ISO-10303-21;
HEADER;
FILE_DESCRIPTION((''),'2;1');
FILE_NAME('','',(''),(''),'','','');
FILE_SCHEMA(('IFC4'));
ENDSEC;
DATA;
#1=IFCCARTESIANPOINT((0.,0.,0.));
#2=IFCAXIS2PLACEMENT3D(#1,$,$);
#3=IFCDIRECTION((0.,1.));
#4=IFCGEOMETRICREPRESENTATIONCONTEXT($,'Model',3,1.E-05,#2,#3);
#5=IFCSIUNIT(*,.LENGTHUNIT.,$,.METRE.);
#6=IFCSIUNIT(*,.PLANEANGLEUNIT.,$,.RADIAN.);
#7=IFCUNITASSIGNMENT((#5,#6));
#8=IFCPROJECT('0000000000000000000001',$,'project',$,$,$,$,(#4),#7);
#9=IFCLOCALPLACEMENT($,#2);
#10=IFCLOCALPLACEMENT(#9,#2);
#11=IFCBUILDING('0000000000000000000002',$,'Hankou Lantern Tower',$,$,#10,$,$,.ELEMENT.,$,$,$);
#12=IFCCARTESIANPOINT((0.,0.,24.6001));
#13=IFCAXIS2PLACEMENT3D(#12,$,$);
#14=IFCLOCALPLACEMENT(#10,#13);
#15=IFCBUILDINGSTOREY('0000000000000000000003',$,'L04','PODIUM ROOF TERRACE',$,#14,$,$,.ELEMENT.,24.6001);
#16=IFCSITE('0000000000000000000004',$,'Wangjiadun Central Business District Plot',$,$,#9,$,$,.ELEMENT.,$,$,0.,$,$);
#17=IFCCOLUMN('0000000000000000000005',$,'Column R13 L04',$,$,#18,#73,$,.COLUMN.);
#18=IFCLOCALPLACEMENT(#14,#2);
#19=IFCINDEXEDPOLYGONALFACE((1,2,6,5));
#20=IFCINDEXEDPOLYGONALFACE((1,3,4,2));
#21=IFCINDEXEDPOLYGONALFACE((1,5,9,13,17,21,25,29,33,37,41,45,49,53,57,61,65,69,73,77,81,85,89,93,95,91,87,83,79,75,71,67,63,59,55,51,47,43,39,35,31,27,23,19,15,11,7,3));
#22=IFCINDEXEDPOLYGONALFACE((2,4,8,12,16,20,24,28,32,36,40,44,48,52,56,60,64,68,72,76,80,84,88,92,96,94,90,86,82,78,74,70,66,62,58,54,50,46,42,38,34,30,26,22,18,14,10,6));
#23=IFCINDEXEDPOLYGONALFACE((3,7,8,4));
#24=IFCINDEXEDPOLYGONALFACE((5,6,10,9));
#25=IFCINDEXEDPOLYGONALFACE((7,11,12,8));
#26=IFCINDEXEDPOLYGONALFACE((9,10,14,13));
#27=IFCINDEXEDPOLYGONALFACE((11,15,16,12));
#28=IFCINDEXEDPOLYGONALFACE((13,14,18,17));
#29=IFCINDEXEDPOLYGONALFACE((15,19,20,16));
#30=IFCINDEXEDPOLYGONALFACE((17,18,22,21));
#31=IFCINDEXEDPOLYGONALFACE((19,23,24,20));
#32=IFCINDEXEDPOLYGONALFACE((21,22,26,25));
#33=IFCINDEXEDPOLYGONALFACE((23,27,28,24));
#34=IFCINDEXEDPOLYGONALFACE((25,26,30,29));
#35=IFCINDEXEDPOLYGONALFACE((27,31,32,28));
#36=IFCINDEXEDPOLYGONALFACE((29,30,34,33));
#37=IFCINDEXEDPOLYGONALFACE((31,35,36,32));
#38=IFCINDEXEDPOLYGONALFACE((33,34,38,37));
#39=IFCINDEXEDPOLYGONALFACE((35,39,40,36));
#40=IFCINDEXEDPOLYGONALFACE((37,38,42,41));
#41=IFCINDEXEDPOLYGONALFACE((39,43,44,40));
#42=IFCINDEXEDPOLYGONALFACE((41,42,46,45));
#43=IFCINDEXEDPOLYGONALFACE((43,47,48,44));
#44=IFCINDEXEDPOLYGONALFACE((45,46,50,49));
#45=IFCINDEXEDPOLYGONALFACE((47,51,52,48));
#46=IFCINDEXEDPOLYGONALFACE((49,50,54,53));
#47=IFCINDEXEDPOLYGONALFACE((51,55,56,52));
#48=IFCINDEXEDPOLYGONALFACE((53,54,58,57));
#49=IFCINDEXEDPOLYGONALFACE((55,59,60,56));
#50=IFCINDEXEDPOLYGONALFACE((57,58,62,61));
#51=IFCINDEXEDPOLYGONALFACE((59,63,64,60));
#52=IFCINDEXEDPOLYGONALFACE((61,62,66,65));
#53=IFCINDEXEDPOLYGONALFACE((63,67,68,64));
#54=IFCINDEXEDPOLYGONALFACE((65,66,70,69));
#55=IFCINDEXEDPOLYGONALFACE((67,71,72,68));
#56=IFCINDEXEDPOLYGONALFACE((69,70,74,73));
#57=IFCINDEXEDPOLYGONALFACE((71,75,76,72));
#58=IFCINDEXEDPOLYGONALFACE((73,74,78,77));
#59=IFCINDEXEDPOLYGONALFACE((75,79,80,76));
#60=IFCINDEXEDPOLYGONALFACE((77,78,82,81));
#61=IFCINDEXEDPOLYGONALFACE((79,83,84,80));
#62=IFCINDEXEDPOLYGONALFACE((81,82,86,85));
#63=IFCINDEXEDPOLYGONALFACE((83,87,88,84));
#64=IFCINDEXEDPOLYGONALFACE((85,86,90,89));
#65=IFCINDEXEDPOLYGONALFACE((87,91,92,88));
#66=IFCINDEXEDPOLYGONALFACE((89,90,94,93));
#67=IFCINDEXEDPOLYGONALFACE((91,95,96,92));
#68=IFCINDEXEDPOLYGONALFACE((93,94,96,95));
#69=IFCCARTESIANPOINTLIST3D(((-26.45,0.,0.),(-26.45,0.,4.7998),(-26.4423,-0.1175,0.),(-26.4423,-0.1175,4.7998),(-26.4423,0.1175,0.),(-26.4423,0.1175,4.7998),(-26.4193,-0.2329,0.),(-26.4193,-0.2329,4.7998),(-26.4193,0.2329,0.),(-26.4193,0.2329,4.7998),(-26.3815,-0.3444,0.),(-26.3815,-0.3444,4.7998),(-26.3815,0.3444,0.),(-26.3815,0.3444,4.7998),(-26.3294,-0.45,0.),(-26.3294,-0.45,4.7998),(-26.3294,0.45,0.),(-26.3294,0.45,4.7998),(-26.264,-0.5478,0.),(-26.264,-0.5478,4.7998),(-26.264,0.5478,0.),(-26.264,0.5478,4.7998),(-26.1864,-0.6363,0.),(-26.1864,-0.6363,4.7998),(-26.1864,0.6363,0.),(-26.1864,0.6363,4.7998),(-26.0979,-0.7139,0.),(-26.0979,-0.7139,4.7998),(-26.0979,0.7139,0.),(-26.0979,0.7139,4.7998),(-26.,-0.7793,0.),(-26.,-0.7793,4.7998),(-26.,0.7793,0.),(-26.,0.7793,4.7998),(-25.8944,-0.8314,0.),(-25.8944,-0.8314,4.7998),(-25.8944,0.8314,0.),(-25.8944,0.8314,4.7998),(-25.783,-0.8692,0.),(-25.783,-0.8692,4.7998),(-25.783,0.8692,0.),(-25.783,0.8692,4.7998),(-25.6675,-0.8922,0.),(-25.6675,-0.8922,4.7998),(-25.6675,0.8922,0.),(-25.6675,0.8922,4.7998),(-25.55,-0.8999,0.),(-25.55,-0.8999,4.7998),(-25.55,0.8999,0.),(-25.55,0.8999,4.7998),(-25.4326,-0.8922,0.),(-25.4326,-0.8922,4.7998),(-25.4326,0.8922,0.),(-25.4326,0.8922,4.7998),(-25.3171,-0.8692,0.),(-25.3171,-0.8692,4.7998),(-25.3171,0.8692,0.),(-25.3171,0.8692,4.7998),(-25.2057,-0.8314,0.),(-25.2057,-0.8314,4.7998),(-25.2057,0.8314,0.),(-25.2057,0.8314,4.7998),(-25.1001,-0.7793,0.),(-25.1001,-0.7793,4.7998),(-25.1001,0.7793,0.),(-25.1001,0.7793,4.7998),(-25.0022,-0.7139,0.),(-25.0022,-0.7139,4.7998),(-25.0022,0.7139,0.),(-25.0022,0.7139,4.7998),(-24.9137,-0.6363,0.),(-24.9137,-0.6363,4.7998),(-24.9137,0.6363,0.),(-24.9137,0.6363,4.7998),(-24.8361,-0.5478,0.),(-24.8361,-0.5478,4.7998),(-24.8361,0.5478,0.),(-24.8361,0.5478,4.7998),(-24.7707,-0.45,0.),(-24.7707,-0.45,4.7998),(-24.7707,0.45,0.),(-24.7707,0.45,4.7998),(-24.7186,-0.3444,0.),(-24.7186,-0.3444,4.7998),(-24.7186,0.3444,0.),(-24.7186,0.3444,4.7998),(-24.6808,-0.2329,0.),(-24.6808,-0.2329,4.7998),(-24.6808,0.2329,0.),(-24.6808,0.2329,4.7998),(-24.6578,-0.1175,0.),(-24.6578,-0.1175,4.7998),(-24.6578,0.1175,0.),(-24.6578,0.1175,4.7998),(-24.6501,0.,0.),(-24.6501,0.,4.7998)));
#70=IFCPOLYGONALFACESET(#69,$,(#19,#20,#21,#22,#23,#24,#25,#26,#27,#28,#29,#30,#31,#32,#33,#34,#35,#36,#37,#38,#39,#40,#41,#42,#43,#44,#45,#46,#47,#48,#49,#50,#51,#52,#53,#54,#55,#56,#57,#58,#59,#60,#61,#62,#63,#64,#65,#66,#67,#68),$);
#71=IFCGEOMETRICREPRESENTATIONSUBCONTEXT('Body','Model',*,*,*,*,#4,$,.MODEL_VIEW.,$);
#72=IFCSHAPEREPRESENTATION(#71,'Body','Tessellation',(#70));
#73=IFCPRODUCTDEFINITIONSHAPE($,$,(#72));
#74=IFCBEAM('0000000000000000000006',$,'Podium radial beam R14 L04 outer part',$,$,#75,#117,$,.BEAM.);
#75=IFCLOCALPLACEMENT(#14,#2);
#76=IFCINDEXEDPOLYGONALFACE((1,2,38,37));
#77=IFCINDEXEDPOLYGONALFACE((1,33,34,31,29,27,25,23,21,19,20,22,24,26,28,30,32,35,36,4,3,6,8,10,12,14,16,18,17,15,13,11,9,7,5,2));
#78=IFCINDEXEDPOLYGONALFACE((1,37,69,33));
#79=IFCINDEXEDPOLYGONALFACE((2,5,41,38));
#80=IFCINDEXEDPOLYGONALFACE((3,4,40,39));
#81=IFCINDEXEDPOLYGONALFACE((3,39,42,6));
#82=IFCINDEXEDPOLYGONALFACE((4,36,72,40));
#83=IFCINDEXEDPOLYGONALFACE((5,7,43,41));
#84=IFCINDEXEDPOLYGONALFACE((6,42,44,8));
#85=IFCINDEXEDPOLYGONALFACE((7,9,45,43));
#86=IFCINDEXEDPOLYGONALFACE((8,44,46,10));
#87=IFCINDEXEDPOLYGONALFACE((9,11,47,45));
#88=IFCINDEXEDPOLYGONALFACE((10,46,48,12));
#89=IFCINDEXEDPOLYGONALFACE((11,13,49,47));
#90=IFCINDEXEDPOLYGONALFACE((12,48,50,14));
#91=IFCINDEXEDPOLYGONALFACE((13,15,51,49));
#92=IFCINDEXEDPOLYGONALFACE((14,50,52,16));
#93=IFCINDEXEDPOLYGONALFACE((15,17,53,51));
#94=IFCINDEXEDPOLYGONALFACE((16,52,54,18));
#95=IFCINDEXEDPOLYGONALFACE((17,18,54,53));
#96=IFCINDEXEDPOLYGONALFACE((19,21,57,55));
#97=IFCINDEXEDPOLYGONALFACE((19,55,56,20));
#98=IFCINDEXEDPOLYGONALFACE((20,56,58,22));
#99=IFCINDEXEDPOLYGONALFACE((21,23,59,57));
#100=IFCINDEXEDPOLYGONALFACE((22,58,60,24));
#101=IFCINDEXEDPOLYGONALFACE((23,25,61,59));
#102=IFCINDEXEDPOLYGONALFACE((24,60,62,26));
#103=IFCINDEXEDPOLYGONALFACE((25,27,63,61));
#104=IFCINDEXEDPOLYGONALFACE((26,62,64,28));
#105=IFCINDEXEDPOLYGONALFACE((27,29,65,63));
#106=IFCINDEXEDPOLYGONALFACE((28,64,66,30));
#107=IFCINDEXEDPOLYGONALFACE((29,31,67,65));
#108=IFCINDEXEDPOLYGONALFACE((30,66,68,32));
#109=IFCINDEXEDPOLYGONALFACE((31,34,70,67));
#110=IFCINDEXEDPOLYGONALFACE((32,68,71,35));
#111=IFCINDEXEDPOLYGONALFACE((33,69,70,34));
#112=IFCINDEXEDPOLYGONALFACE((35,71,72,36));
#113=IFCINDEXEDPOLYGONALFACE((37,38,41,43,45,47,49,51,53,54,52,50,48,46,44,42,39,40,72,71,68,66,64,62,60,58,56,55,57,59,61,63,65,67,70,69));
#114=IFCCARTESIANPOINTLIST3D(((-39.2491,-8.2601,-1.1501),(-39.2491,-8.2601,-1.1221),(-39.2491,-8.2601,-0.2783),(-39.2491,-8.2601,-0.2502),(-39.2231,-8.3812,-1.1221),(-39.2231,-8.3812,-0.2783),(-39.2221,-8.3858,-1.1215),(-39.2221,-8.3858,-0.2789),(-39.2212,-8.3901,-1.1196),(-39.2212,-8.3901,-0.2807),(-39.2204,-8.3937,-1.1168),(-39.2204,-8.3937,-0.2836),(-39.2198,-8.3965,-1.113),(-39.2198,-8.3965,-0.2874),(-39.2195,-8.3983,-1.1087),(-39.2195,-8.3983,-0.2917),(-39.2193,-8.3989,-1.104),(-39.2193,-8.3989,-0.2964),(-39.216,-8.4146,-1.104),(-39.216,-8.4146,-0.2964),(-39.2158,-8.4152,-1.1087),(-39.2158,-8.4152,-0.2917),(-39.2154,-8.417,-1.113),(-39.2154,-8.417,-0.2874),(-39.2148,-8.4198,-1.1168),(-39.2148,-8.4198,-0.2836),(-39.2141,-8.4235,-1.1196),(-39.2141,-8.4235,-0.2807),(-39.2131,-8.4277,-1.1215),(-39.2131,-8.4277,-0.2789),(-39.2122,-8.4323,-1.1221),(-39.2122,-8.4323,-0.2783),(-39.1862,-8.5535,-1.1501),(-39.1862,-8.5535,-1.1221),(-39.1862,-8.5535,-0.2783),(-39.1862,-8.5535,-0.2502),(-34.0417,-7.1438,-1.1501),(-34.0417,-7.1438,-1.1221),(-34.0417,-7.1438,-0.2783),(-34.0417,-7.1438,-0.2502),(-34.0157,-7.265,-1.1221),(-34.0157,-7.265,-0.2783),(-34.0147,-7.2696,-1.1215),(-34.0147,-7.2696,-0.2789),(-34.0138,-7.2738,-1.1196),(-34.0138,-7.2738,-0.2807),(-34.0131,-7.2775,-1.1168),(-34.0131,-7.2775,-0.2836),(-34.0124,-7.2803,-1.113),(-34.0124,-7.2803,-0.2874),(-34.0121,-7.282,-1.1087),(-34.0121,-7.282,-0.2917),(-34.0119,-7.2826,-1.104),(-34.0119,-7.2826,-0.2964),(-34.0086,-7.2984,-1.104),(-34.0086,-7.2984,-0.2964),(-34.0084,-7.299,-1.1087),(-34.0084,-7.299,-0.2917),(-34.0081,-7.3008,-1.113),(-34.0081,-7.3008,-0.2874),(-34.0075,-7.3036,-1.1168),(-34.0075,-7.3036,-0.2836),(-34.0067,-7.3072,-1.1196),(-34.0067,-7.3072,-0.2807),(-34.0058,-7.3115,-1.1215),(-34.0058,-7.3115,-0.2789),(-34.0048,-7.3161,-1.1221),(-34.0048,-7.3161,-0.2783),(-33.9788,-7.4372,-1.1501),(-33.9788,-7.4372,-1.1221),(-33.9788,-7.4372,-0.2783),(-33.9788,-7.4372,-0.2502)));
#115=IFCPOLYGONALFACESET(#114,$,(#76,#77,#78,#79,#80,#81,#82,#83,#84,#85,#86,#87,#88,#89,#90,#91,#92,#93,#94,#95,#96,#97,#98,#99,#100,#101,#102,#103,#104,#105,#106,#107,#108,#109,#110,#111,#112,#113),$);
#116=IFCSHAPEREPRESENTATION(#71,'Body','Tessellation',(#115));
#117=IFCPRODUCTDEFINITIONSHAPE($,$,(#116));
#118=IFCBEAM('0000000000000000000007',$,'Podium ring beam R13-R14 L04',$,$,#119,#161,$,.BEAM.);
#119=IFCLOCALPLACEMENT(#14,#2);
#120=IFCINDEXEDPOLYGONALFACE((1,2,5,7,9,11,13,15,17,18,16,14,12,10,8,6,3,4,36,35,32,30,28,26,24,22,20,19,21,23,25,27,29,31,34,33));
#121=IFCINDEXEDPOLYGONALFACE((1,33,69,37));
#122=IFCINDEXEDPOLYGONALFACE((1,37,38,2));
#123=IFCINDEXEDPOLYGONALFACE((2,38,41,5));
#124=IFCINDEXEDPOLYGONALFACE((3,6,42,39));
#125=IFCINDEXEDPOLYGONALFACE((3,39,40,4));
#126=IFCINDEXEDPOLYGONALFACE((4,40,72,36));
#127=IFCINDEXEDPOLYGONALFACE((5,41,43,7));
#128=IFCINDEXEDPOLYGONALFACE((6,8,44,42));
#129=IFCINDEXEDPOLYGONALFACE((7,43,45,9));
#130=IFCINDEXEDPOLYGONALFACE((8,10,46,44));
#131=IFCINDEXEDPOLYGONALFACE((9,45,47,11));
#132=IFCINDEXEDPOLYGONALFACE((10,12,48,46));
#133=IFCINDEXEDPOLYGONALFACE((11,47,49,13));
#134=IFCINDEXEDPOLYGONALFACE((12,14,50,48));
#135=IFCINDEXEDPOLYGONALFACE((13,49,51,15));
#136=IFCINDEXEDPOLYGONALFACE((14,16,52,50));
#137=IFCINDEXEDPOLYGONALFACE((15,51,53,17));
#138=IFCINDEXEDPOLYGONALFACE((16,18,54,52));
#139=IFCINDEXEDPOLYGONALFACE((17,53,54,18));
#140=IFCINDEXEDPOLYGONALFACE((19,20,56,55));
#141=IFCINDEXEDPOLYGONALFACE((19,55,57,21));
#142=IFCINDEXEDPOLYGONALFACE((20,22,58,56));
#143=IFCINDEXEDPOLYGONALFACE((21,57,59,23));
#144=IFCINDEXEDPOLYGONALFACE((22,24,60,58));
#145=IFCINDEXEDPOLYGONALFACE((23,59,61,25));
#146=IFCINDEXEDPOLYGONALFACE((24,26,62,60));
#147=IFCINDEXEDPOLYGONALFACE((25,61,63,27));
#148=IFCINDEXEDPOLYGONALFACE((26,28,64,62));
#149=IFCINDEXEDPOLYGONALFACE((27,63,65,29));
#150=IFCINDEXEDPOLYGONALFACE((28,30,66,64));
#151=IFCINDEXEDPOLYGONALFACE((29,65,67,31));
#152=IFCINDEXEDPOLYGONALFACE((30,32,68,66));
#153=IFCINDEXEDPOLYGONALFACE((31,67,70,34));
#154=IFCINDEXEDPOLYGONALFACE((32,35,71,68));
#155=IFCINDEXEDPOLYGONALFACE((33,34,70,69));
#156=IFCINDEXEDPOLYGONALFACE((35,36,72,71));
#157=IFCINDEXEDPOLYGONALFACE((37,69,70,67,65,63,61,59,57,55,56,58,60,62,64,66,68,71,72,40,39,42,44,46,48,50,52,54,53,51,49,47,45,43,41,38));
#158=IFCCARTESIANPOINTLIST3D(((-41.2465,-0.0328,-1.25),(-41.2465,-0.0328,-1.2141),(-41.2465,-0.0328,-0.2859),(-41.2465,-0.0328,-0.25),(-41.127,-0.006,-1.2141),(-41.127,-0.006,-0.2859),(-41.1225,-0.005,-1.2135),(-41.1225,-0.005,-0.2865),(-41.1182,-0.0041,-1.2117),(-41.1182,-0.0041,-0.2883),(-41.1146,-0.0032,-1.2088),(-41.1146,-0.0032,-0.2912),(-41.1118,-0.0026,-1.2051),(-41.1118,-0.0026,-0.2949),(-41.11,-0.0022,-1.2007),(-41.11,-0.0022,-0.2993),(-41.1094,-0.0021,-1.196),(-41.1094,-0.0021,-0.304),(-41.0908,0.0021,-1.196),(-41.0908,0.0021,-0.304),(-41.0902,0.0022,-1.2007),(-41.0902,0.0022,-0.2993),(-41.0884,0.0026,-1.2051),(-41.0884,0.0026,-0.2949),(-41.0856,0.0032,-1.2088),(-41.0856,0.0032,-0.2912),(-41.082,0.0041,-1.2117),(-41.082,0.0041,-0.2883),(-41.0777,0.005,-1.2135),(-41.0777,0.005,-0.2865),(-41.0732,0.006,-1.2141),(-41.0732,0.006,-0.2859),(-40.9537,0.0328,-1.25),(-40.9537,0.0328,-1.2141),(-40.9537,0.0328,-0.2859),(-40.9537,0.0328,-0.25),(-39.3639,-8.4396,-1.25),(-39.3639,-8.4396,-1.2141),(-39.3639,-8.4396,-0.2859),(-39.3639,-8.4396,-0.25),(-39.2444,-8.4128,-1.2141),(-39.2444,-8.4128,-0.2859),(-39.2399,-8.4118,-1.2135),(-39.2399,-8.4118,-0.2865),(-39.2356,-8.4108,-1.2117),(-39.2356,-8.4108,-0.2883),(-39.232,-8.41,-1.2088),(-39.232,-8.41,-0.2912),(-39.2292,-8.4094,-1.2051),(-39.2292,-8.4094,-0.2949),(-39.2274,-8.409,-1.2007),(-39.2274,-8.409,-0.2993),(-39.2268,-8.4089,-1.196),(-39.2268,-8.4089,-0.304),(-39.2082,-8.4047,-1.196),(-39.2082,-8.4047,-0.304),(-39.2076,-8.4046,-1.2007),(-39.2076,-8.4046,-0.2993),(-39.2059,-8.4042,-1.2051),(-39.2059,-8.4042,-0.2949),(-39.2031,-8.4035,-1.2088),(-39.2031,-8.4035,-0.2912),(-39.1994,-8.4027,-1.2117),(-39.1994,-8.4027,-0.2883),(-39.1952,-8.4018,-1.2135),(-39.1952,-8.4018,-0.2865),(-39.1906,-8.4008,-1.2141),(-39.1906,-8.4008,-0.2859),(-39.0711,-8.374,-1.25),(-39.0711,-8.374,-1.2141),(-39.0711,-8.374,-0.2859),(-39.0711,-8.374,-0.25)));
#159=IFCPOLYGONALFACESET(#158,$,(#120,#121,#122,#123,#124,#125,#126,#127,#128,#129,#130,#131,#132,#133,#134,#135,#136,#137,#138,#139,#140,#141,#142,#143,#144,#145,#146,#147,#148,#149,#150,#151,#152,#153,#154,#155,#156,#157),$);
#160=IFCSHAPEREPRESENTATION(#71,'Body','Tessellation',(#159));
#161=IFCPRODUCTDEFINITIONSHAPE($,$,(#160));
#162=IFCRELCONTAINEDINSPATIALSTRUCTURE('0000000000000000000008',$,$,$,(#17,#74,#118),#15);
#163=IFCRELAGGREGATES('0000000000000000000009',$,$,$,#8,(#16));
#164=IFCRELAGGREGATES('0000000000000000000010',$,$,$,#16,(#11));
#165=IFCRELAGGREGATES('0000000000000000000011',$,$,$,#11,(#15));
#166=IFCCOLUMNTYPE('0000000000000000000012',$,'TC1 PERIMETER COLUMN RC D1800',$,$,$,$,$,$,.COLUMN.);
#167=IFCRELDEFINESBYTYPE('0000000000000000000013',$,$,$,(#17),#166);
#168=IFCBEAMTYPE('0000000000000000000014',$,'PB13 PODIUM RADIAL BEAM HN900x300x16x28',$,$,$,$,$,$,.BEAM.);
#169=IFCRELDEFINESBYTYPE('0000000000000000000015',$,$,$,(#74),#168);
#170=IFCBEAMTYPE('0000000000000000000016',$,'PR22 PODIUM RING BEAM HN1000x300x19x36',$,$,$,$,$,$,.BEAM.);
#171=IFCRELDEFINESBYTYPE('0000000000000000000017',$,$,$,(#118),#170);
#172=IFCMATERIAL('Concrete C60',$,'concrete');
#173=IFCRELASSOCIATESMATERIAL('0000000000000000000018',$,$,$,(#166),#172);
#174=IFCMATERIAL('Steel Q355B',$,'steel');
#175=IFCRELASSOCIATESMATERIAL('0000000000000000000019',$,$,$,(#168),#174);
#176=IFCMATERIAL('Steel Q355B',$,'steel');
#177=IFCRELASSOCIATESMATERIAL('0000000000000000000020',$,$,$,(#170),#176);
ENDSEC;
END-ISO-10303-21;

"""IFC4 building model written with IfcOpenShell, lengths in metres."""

from ifc_helpers import new_model, si_unit, direction, frame, origin, origin_2d, place, context, subcontext, project, spatial, circle, i_section, extrude, material, material_profile, profile_set, type_object, element, save


model = new_model("IFC4")

# Units and contexts
model_context = context("Model", 3, precision=1e-05, world=origin(), true_north=direction((0.0, 1.0)))
body_context = subcontext(model_context, "Body", "Model", "MODEL_VIEW")
ifc_project = project(units=[si_unit("LENGTHUNIT", "METRE"), si_unit("PLANEANGLEUNIT", "RADIAN")], contexts=[model_context])

# Site, building, storey
site_placement = place(None, origin())
site = spatial("IfcSite", under=ifc_project, at=site_placement, Name="Wangjiadun Central Business District Plot", CompositionType="ELEMENT", RefElevation=0.0)
building_placement = place(site_placement, origin())
building = spatial("IfcBuilding", under=site, at=building_placement, Name="Hankou Lantern Tower", CompositionType="ELEMENT")
storey_placement = place(building_placement, frame((0.0, 0.0, 24.6001)))
storey = spatial("IfcBuildingStorey", under=building, at=storey_placement, Name="L04", Description="PODIUM ROOF TERRACE", CompositionType="ELEMENT", Elevation=24.6001)

# Column
ifc_material_1 = material(Name="Concrete C60", Category="concrete")
ifc_material_profile_1 = material_profile(ifc_material_1, circle(Radius=0.8999, at=origin_2d()), Name="RC D1800")
ifc_profile_set_1 = profile_set([ifc_material_profile_1], Name="Concrete C60")
column_type = type_object("IfcColumnType", Name="TC1 PERIMETER COLUMN RC D1800", PredefinedType="COLUMN", material=ifc_profile_set_1)
column_placement = place(storey_placement, frame((-25.55, 0.0, 0.0), z_axis=(0.0, 0.0, 1.0), x_axis=(1.0, 0.0, 0.0)))
element("IfcColumn", 1, at=column_placement, inside=storey, type_object=column_type, Name="Column R13 L04", PredefinedType="COLUMN", context=body_context, shape_type="SweptSolid", body=[
    extrude(circle(Radius=0.8999, at=origin_2d()), origin(), (0.0, 0.0, 1.0), 4.7998),
])

# Beams
ifc_material_2 = material(Name="Steel Q355B", Category="steel")
ifc_material_profile_2 = material_profile(ifc_material_2, i_section(OverallWidth=0.3, OverallDepth=0.8999, WebThickness=0.0161, FlangeThickness=0.0281, FilletRadius=0.0181, at=origin_2d()), Name="HN900x300x16x28")
ifc_profile_set_2 = profile_set([ifc_material_profile_2], Name="Steel Q355B")
beam_type_1 = type_object("IfcBeamType", Name="PB13 PODIUM RADIAL BEAM HN900x300x16x28", PredefinedType="BEAM", material=ifc_profile_set_2)
beam_1_placement = place(storey_placement, frame((-34.0103, -7.2905, -0.7002), z_axis=(-0.977788, -0.209595, 0.0), x_axis=(0.209595, -0.977788, 0.0)))
element("IfcBeam", 2, at=beam_1_placement, inside=storey, type_object=beam_type_1, Name="Podium radial beam R14 L04 outer part", PredefinedType="BEAM", context=body_context, shape_type="SweptSolid", body=[
    extrude(i_section(OverallWidth=0.3, OverallDepth=0.8999, WebThickness=0.0161, FlangeThickness=0.0281, FilletRadius=0.0181, at=origin_2d()), origin(), (0.0, 0.0, 1.0), 5.3257),
])
ifc_material_3 = material(Name="Steel Q355B", Category="steel")
ifc_material_profile_3 = material_profile(ifc_material_3, i_section(OverallWidth=0.3, OverallDepth=1.0, WebThickness=0.019, FlangeThickness=0.0359, FilletRadius=0.0181, at=origin_2d()), Name="HN1000x300x19x36")
ifc_profile_set_3 = profile_set([ifc_material_profile_3], Name="Steel Q355B")
beam_type_2 = type_object("IfcBeamType", Name="PR22 PODIUM RING BEAM HN1000x300x19x36", PredefinedType="BEAM", material=ifc_profile_set_3)
beam_2_placement = place(storey_placement, frame((-41.1001, 0.0, -0.75), z_axis=(0.218523, -0.975832, 0.0), x_axis=(0.975832, 0.218523, 0.0)))
element("IfcBeam", 3, at=beam_2_placement, inside=storey, type_object=beam_type_2, Name="Podium ring beam R13-R14 L04", PredefinedType="BEAM", context=body_context, shape_type="SweptSolid", body=[
    extrude(i_section(OverallWidth=0.3, OverallDepth=1.0, WebThickness=0.019, FlangeThickness=0.0359, FilletRadius=0.0181, at=origin_2d()), origin(), (0.0, 0.0, 1.0), 8.615),
])

save(model, "model.ifc")
